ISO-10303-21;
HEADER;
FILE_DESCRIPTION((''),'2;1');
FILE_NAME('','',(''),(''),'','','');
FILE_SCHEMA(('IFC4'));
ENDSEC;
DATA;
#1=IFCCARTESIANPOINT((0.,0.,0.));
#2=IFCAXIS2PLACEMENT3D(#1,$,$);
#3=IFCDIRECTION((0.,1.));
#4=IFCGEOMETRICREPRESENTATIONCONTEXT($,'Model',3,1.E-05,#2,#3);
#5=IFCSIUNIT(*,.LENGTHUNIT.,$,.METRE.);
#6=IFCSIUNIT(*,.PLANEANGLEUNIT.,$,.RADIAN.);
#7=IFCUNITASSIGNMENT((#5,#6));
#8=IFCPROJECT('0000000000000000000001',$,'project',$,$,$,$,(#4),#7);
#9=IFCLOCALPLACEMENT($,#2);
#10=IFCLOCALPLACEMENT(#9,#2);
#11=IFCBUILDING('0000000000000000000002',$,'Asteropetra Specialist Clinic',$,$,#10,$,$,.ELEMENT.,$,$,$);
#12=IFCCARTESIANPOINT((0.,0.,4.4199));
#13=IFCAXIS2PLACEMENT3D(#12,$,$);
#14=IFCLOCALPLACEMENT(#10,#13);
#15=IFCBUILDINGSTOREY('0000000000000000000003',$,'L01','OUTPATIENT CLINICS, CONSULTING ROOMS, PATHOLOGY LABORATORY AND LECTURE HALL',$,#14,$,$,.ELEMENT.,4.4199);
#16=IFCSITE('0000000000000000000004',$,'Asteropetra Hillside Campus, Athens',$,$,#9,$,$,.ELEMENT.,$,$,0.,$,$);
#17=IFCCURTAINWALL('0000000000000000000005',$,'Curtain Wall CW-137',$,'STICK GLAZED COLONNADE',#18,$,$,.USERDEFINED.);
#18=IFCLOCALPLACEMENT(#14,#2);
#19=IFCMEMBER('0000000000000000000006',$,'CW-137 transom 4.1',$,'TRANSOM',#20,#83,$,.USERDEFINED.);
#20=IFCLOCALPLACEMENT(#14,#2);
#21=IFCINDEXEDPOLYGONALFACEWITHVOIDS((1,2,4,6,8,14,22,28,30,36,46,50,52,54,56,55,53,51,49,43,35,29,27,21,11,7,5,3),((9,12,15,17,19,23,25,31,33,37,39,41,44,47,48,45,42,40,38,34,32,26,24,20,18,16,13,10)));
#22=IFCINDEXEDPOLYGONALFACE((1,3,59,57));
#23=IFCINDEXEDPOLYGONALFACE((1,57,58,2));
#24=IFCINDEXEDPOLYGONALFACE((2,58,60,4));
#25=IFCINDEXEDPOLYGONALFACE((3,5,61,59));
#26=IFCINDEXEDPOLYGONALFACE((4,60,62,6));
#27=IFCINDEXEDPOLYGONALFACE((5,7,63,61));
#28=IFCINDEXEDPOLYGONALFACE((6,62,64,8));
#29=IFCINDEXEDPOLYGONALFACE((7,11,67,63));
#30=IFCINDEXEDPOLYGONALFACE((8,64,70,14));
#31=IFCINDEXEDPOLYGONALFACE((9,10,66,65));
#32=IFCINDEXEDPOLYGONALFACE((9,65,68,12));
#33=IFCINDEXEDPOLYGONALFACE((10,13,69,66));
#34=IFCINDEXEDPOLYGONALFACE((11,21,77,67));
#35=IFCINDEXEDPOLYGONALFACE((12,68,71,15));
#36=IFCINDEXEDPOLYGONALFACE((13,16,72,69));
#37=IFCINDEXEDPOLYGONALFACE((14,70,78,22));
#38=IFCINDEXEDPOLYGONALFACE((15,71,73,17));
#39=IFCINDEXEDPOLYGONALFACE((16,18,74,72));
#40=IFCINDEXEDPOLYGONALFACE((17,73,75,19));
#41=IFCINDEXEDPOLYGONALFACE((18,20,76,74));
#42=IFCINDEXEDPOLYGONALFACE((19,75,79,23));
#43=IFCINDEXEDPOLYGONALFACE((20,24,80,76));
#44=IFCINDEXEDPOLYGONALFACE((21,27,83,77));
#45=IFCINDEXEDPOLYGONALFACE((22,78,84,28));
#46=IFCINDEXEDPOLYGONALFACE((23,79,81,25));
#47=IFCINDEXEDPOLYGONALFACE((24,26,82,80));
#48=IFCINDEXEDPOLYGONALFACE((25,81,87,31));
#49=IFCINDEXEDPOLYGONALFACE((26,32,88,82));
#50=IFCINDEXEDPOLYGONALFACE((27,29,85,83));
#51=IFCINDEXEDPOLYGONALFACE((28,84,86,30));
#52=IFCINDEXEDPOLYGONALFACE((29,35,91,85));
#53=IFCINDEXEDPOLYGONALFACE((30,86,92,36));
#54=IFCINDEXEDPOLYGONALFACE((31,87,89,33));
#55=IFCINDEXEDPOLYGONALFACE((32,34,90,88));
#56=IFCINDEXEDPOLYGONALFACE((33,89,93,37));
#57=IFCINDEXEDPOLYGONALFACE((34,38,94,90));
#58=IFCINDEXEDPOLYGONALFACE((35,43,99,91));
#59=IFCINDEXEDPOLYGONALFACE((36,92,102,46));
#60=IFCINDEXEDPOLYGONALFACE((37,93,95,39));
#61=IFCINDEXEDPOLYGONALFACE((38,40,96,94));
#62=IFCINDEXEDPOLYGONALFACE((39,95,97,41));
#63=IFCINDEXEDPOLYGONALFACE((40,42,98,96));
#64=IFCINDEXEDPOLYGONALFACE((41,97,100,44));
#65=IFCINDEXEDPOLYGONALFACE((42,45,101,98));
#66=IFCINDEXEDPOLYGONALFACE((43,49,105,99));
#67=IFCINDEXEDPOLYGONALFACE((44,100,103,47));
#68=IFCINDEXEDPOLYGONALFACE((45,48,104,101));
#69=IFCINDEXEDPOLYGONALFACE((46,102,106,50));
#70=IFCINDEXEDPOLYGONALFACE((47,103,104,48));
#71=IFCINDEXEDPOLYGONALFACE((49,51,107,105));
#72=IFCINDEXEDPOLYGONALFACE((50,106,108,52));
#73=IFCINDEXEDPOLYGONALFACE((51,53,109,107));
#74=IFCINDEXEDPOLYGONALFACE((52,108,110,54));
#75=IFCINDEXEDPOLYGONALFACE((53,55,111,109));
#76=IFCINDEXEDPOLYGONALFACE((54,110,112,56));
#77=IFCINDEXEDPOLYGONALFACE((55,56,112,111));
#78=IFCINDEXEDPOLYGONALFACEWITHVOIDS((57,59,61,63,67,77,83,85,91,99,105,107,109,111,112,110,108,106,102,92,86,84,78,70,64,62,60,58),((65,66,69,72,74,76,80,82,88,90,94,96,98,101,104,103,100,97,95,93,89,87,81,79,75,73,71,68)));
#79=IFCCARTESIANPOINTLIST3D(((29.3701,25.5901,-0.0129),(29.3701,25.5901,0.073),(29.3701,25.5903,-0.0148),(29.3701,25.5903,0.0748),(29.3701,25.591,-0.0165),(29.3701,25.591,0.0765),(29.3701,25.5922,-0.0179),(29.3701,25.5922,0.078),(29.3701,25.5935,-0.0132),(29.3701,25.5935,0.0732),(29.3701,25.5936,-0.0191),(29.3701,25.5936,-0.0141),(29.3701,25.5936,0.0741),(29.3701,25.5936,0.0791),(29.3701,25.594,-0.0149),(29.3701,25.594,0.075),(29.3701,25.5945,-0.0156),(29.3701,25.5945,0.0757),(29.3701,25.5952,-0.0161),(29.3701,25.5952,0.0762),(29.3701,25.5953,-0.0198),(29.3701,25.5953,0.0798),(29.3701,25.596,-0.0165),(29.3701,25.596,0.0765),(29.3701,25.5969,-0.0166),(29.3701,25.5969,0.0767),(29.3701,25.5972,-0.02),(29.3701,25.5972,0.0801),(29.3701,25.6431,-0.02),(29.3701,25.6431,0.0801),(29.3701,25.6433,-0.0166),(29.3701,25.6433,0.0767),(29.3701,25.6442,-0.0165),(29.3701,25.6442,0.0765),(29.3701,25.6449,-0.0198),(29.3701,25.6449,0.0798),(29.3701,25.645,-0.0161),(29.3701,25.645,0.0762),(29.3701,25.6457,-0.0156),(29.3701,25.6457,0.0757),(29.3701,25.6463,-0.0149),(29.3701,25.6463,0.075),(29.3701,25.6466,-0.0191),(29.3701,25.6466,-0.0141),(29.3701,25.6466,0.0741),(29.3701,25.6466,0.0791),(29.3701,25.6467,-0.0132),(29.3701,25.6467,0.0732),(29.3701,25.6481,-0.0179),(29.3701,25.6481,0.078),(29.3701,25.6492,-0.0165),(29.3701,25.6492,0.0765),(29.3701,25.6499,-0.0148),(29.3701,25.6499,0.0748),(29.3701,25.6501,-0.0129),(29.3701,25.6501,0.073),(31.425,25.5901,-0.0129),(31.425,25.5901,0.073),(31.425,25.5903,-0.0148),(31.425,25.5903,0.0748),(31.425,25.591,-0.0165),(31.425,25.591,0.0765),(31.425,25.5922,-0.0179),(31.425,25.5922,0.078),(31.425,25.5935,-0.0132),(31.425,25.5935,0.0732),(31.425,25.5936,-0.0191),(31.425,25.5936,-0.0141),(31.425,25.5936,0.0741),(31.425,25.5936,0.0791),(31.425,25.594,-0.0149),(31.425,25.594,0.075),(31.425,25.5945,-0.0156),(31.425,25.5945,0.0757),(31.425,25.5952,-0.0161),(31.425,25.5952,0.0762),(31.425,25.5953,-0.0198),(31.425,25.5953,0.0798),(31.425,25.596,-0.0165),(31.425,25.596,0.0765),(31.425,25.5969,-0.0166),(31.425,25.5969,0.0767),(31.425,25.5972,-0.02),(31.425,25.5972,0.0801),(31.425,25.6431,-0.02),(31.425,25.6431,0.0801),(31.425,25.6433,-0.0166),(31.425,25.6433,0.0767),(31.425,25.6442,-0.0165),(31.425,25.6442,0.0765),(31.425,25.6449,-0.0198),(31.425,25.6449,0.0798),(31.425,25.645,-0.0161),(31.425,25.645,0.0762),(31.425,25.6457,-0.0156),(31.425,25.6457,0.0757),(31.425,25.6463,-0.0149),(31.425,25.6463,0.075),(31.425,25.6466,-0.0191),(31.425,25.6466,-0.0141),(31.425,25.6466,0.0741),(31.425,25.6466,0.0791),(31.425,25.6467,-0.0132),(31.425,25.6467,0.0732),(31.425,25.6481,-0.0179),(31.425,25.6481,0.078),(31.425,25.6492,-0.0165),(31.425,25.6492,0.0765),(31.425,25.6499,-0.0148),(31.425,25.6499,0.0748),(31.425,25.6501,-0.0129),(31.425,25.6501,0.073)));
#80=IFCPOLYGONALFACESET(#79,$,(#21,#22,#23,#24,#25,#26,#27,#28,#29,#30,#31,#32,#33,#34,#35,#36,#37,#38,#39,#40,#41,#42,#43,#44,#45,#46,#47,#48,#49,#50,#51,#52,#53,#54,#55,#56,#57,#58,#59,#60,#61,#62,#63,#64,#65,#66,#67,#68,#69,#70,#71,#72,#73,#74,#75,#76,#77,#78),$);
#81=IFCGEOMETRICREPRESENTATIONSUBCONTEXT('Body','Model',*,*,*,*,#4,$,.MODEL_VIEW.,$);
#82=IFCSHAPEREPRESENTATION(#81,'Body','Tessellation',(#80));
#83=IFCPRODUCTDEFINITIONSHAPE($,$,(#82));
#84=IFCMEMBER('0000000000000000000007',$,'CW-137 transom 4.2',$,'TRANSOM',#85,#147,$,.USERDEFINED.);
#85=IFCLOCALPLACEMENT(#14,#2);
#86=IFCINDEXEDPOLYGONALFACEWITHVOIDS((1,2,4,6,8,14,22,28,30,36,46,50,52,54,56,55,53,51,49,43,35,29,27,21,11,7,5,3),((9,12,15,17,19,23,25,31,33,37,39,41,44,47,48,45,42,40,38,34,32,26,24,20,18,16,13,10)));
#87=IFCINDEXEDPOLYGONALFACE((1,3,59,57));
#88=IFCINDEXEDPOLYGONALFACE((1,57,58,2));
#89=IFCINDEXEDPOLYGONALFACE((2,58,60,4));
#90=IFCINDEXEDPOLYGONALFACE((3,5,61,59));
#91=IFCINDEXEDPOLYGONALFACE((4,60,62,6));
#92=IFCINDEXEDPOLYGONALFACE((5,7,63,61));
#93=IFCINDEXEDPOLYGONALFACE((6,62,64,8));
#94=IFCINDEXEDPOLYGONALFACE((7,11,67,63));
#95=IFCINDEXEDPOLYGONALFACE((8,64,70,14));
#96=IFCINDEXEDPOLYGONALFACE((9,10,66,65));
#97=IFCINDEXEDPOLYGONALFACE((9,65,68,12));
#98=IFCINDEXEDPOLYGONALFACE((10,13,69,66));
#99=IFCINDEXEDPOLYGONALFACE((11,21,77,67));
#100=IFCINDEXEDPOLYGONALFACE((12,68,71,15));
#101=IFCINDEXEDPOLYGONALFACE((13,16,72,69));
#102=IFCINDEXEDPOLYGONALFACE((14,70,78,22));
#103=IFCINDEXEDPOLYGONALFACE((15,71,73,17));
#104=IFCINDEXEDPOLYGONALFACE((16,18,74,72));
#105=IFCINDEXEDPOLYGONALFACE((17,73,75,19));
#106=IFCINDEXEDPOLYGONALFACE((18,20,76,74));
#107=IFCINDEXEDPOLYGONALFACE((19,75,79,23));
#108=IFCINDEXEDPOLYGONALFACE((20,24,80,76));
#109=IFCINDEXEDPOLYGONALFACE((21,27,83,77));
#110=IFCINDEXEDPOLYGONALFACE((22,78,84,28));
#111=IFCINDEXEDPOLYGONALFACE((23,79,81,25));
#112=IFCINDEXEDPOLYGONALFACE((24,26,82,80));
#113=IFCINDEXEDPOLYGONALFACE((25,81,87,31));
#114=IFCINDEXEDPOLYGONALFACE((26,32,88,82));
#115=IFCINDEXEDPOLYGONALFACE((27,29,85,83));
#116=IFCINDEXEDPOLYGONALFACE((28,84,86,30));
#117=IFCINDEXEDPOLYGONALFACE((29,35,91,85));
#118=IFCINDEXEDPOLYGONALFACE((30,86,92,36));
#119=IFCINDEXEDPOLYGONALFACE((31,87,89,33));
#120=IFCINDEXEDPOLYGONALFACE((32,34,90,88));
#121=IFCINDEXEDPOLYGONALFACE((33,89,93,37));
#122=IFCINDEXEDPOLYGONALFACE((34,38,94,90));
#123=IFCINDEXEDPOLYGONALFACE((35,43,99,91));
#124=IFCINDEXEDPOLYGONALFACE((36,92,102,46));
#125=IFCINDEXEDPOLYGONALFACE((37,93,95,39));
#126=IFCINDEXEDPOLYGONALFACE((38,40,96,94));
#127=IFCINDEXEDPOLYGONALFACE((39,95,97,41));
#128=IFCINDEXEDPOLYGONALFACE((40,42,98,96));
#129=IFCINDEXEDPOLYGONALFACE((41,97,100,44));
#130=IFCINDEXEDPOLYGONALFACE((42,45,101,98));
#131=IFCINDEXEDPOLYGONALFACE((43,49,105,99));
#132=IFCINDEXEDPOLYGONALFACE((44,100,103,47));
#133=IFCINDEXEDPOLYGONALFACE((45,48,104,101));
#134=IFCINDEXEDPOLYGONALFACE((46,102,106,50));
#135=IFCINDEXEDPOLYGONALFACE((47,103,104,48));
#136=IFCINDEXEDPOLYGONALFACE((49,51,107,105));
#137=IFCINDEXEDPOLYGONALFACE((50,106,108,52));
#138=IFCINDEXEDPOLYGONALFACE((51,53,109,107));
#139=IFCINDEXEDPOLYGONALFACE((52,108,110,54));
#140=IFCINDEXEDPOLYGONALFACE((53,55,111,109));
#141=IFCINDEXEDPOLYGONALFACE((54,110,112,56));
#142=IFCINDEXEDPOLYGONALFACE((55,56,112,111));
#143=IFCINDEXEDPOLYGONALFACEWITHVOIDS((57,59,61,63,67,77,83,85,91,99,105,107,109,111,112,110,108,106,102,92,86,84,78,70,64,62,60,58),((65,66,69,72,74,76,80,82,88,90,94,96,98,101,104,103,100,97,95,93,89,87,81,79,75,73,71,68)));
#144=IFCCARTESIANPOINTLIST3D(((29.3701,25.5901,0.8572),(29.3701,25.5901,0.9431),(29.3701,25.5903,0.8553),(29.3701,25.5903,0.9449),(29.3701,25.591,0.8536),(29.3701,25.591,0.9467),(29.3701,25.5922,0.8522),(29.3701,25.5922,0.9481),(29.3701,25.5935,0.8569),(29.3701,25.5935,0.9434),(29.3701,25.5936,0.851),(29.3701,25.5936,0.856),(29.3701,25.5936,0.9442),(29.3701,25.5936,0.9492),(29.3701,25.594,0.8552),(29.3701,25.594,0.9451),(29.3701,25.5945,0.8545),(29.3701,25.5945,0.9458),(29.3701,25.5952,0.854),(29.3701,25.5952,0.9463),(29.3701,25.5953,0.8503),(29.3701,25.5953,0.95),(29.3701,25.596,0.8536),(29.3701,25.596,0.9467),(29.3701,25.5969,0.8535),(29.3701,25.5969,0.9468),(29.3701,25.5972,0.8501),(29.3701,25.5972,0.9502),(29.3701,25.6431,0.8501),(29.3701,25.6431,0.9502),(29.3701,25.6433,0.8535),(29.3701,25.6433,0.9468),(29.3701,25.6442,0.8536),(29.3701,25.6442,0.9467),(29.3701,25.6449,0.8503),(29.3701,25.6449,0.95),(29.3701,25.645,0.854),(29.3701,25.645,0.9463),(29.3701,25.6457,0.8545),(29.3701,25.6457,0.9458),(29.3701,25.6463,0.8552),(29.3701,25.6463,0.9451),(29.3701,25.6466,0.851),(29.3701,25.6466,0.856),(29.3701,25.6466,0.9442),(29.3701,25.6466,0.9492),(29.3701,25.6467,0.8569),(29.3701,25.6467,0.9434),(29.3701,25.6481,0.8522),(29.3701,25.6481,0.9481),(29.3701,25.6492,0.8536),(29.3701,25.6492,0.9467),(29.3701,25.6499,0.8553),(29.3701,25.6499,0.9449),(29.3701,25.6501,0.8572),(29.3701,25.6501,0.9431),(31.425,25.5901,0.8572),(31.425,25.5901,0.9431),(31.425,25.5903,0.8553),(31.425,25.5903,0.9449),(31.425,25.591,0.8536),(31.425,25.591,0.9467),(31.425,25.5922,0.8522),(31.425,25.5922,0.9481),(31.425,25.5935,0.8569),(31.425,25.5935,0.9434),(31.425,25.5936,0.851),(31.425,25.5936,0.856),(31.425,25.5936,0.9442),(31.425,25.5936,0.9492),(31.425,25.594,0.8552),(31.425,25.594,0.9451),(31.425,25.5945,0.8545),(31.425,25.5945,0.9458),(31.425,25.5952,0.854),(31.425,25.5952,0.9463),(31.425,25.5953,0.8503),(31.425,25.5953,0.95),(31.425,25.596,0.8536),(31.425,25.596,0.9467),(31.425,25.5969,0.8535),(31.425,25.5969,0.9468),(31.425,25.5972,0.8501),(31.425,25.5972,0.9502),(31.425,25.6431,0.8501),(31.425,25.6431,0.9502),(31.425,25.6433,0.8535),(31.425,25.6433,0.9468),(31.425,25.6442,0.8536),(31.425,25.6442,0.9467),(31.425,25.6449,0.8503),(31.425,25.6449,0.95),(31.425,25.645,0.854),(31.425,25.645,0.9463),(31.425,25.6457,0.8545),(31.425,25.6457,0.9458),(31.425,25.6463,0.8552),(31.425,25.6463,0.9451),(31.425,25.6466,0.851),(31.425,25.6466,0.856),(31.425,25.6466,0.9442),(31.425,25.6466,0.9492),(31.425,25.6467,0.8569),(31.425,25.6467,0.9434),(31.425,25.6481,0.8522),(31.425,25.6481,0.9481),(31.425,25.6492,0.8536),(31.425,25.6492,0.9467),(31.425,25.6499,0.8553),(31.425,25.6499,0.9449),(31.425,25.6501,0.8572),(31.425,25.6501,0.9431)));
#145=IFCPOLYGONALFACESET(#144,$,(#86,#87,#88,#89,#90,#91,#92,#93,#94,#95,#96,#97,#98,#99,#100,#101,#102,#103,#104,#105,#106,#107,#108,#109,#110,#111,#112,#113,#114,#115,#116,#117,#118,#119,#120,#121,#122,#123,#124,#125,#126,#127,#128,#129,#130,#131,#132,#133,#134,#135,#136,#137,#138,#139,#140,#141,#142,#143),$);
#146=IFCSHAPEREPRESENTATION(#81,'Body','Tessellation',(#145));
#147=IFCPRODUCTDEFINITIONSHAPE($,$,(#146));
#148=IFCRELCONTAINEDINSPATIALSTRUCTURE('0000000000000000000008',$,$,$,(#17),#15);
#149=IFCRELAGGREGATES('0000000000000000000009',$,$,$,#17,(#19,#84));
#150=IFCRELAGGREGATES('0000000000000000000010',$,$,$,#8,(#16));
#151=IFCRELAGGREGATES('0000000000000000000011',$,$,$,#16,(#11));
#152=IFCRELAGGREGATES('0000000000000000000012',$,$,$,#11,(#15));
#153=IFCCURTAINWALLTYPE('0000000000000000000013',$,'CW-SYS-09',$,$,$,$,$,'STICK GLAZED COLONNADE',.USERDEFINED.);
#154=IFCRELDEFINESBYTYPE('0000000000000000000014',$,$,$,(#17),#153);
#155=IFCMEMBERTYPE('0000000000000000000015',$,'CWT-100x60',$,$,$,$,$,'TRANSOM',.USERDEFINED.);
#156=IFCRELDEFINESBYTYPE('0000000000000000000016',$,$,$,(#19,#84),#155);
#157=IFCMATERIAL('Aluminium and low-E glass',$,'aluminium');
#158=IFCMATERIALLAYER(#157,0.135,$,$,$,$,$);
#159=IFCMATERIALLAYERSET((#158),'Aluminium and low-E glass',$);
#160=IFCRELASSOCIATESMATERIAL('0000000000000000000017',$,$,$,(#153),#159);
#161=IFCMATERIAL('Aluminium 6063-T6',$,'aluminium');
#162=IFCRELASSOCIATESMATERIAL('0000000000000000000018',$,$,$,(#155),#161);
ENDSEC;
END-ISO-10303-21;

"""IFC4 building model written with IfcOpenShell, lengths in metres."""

from ifc_helpers import new_model, si_unit, direction, frame, origin, origin_2d, place, context, subcontext, project, spatial, hollow_rectangle, extrude, material, layer, layer_set, material_profile, profile_set, type_object, element, aggregate, save


model = new_model("IFC4")

# Units and contexts
model_context = context("Model", 3, precision=1e-05, world=origin(), true_north=direction((0.0, 1.0)))
body_context = subcontext(model_context, "Body", "Model", "MODEL_VIEW")
ifc_project = project(units=[si_unit("LENGTHUNIT", "METRE"), si_unit("PLANEANGLEUNIT", "RADIAN")], contexts=[model_context])

# Site, building, storey
site_placement = place(None, origin())
site = spatial("IfcSite", under=ifc_project, at=site_placement, Name="Asteropetra Hillside Campus, Athens", CompositionType="ELEMENT", RefElevation=0.0)
building_placement = place(site_placement, origin())
building = spatial("IfcBuilding", under=site, at=building_placement, Name="Asteropetra Specialist Clinic", CompositionType="ELEMENT")
storey_placement = place(building_placement, frame((0.0, 0.0, 4.4199)))
storey = spatial("IfcBuildingStorey", under=building, at=storey_placement, Name="L01", Description="OUTPATIENT CLINICS, CONSULTING ROOMS, PATHOLOGY LABORATORY AND LECTURE HALL", CompositionType="ELEMENT", Elevation=4.4199)

# Curtain wall, members
ifc_material_1 = material(Name="Aluminium and low-E glass", Category="aluminium")
ifc_layer_1 = layer(ifc_material_1, 0.135)
ifc_layer_set_1 = layer_set([ifc_layer_1], Name="Aluminium and low-E glass")
curtain_wall_type = type_object("IfcCurtainWallType", Name="CW-SYS-09", ElementType="STICK GLAZED COLONNADE", PredefinedType="USERDEFINED", material=ifc_layer_set_1)
curtain_wall_placement = place(storey_placement, origin())
curtain_wall = element("IfcCurtainWall", 1, at=curtain_wall_placement, inside=storey, type_object=curtain_wall_type, Name="Curtain Wall CW-137", ObjectType="STICK GLAZED COLONNADE", PredefinedType="USERDEFINED")
ifc_material_2 = material(Name="Aluminium 6063-T6", Category="aluminium")
ifc_material_profile_1 = material_profile(ifc_material_2, hollow_rectangle(XDim=0.0601, YDim=0.1001, WallThickness=0.0034, InnerFilletRadius=0.0034, OuterFilletRadius=0.0071, at=origin_2d()), Name="TRN 100x60x3.5")
ifc_profile_set_1 = profile_set([ifc_material_profile_1], Name="Aluminium 6063-T6")
member_type_1 = type_object("IfcMemberType", Name="CWT-100x60", ElementType="TRANSOM", PredefinedType="USERDEFINED", material=ifc_profile_set_1)
member_1_placement = place(storey_placement, frame((31.425, 25.6201, 0.03), z_axis=(-1.0, 0.0, 0.0), x_axis=(0.0, -1.0, 0.0)))
member_1 = element("IfcMember", 2, at=member_1_placement, type_object=member_type_1, Name="CW-137 transom 4.1", ObjectType="TRANSOM", PredefinedType="USERDEFINED", context=body_context, shape_type="SweptSolid", body=[
    extrude(hollow_rectangle(XDim=0.0601, YDim=0.1001, WallThickness=0.0034, InnerFilletRadius=0.0034, OuterFilletRadius=0.0071, at=origin_2d()), origin(), (0.0, 0.0, 1.0), 2.0549),
])
member_2_placement = place(storey_placement, frame((31.425, 25.6201, 0.9001), z_axis=(-1.0, 0.0, 0.0), x_axis=(0.0, -1.0, 0.0)))
member_2 = element("IfcMember", 3, at=member_2_placement, type_object=member_type_1, Name="CW-137 transom 4.2", ObjectType="TRANSOM", PredefinedType="USERDEFINED", context=body_context, shape_type="SweptSolid", body=[
    extrude(hollow_rectangle(XDim=0.0601, YDim=0.1001, WallThickness=0.0034, InnerFilletRadius=0.0034, OuterFilletRadius=0.0071, at=origin_2d()), origin(), (0.0, 0.0, 1.0), 2.0549),
])
aggregate(curtain_wall, [member_1, member_2])

save(model, "model.ifc")
